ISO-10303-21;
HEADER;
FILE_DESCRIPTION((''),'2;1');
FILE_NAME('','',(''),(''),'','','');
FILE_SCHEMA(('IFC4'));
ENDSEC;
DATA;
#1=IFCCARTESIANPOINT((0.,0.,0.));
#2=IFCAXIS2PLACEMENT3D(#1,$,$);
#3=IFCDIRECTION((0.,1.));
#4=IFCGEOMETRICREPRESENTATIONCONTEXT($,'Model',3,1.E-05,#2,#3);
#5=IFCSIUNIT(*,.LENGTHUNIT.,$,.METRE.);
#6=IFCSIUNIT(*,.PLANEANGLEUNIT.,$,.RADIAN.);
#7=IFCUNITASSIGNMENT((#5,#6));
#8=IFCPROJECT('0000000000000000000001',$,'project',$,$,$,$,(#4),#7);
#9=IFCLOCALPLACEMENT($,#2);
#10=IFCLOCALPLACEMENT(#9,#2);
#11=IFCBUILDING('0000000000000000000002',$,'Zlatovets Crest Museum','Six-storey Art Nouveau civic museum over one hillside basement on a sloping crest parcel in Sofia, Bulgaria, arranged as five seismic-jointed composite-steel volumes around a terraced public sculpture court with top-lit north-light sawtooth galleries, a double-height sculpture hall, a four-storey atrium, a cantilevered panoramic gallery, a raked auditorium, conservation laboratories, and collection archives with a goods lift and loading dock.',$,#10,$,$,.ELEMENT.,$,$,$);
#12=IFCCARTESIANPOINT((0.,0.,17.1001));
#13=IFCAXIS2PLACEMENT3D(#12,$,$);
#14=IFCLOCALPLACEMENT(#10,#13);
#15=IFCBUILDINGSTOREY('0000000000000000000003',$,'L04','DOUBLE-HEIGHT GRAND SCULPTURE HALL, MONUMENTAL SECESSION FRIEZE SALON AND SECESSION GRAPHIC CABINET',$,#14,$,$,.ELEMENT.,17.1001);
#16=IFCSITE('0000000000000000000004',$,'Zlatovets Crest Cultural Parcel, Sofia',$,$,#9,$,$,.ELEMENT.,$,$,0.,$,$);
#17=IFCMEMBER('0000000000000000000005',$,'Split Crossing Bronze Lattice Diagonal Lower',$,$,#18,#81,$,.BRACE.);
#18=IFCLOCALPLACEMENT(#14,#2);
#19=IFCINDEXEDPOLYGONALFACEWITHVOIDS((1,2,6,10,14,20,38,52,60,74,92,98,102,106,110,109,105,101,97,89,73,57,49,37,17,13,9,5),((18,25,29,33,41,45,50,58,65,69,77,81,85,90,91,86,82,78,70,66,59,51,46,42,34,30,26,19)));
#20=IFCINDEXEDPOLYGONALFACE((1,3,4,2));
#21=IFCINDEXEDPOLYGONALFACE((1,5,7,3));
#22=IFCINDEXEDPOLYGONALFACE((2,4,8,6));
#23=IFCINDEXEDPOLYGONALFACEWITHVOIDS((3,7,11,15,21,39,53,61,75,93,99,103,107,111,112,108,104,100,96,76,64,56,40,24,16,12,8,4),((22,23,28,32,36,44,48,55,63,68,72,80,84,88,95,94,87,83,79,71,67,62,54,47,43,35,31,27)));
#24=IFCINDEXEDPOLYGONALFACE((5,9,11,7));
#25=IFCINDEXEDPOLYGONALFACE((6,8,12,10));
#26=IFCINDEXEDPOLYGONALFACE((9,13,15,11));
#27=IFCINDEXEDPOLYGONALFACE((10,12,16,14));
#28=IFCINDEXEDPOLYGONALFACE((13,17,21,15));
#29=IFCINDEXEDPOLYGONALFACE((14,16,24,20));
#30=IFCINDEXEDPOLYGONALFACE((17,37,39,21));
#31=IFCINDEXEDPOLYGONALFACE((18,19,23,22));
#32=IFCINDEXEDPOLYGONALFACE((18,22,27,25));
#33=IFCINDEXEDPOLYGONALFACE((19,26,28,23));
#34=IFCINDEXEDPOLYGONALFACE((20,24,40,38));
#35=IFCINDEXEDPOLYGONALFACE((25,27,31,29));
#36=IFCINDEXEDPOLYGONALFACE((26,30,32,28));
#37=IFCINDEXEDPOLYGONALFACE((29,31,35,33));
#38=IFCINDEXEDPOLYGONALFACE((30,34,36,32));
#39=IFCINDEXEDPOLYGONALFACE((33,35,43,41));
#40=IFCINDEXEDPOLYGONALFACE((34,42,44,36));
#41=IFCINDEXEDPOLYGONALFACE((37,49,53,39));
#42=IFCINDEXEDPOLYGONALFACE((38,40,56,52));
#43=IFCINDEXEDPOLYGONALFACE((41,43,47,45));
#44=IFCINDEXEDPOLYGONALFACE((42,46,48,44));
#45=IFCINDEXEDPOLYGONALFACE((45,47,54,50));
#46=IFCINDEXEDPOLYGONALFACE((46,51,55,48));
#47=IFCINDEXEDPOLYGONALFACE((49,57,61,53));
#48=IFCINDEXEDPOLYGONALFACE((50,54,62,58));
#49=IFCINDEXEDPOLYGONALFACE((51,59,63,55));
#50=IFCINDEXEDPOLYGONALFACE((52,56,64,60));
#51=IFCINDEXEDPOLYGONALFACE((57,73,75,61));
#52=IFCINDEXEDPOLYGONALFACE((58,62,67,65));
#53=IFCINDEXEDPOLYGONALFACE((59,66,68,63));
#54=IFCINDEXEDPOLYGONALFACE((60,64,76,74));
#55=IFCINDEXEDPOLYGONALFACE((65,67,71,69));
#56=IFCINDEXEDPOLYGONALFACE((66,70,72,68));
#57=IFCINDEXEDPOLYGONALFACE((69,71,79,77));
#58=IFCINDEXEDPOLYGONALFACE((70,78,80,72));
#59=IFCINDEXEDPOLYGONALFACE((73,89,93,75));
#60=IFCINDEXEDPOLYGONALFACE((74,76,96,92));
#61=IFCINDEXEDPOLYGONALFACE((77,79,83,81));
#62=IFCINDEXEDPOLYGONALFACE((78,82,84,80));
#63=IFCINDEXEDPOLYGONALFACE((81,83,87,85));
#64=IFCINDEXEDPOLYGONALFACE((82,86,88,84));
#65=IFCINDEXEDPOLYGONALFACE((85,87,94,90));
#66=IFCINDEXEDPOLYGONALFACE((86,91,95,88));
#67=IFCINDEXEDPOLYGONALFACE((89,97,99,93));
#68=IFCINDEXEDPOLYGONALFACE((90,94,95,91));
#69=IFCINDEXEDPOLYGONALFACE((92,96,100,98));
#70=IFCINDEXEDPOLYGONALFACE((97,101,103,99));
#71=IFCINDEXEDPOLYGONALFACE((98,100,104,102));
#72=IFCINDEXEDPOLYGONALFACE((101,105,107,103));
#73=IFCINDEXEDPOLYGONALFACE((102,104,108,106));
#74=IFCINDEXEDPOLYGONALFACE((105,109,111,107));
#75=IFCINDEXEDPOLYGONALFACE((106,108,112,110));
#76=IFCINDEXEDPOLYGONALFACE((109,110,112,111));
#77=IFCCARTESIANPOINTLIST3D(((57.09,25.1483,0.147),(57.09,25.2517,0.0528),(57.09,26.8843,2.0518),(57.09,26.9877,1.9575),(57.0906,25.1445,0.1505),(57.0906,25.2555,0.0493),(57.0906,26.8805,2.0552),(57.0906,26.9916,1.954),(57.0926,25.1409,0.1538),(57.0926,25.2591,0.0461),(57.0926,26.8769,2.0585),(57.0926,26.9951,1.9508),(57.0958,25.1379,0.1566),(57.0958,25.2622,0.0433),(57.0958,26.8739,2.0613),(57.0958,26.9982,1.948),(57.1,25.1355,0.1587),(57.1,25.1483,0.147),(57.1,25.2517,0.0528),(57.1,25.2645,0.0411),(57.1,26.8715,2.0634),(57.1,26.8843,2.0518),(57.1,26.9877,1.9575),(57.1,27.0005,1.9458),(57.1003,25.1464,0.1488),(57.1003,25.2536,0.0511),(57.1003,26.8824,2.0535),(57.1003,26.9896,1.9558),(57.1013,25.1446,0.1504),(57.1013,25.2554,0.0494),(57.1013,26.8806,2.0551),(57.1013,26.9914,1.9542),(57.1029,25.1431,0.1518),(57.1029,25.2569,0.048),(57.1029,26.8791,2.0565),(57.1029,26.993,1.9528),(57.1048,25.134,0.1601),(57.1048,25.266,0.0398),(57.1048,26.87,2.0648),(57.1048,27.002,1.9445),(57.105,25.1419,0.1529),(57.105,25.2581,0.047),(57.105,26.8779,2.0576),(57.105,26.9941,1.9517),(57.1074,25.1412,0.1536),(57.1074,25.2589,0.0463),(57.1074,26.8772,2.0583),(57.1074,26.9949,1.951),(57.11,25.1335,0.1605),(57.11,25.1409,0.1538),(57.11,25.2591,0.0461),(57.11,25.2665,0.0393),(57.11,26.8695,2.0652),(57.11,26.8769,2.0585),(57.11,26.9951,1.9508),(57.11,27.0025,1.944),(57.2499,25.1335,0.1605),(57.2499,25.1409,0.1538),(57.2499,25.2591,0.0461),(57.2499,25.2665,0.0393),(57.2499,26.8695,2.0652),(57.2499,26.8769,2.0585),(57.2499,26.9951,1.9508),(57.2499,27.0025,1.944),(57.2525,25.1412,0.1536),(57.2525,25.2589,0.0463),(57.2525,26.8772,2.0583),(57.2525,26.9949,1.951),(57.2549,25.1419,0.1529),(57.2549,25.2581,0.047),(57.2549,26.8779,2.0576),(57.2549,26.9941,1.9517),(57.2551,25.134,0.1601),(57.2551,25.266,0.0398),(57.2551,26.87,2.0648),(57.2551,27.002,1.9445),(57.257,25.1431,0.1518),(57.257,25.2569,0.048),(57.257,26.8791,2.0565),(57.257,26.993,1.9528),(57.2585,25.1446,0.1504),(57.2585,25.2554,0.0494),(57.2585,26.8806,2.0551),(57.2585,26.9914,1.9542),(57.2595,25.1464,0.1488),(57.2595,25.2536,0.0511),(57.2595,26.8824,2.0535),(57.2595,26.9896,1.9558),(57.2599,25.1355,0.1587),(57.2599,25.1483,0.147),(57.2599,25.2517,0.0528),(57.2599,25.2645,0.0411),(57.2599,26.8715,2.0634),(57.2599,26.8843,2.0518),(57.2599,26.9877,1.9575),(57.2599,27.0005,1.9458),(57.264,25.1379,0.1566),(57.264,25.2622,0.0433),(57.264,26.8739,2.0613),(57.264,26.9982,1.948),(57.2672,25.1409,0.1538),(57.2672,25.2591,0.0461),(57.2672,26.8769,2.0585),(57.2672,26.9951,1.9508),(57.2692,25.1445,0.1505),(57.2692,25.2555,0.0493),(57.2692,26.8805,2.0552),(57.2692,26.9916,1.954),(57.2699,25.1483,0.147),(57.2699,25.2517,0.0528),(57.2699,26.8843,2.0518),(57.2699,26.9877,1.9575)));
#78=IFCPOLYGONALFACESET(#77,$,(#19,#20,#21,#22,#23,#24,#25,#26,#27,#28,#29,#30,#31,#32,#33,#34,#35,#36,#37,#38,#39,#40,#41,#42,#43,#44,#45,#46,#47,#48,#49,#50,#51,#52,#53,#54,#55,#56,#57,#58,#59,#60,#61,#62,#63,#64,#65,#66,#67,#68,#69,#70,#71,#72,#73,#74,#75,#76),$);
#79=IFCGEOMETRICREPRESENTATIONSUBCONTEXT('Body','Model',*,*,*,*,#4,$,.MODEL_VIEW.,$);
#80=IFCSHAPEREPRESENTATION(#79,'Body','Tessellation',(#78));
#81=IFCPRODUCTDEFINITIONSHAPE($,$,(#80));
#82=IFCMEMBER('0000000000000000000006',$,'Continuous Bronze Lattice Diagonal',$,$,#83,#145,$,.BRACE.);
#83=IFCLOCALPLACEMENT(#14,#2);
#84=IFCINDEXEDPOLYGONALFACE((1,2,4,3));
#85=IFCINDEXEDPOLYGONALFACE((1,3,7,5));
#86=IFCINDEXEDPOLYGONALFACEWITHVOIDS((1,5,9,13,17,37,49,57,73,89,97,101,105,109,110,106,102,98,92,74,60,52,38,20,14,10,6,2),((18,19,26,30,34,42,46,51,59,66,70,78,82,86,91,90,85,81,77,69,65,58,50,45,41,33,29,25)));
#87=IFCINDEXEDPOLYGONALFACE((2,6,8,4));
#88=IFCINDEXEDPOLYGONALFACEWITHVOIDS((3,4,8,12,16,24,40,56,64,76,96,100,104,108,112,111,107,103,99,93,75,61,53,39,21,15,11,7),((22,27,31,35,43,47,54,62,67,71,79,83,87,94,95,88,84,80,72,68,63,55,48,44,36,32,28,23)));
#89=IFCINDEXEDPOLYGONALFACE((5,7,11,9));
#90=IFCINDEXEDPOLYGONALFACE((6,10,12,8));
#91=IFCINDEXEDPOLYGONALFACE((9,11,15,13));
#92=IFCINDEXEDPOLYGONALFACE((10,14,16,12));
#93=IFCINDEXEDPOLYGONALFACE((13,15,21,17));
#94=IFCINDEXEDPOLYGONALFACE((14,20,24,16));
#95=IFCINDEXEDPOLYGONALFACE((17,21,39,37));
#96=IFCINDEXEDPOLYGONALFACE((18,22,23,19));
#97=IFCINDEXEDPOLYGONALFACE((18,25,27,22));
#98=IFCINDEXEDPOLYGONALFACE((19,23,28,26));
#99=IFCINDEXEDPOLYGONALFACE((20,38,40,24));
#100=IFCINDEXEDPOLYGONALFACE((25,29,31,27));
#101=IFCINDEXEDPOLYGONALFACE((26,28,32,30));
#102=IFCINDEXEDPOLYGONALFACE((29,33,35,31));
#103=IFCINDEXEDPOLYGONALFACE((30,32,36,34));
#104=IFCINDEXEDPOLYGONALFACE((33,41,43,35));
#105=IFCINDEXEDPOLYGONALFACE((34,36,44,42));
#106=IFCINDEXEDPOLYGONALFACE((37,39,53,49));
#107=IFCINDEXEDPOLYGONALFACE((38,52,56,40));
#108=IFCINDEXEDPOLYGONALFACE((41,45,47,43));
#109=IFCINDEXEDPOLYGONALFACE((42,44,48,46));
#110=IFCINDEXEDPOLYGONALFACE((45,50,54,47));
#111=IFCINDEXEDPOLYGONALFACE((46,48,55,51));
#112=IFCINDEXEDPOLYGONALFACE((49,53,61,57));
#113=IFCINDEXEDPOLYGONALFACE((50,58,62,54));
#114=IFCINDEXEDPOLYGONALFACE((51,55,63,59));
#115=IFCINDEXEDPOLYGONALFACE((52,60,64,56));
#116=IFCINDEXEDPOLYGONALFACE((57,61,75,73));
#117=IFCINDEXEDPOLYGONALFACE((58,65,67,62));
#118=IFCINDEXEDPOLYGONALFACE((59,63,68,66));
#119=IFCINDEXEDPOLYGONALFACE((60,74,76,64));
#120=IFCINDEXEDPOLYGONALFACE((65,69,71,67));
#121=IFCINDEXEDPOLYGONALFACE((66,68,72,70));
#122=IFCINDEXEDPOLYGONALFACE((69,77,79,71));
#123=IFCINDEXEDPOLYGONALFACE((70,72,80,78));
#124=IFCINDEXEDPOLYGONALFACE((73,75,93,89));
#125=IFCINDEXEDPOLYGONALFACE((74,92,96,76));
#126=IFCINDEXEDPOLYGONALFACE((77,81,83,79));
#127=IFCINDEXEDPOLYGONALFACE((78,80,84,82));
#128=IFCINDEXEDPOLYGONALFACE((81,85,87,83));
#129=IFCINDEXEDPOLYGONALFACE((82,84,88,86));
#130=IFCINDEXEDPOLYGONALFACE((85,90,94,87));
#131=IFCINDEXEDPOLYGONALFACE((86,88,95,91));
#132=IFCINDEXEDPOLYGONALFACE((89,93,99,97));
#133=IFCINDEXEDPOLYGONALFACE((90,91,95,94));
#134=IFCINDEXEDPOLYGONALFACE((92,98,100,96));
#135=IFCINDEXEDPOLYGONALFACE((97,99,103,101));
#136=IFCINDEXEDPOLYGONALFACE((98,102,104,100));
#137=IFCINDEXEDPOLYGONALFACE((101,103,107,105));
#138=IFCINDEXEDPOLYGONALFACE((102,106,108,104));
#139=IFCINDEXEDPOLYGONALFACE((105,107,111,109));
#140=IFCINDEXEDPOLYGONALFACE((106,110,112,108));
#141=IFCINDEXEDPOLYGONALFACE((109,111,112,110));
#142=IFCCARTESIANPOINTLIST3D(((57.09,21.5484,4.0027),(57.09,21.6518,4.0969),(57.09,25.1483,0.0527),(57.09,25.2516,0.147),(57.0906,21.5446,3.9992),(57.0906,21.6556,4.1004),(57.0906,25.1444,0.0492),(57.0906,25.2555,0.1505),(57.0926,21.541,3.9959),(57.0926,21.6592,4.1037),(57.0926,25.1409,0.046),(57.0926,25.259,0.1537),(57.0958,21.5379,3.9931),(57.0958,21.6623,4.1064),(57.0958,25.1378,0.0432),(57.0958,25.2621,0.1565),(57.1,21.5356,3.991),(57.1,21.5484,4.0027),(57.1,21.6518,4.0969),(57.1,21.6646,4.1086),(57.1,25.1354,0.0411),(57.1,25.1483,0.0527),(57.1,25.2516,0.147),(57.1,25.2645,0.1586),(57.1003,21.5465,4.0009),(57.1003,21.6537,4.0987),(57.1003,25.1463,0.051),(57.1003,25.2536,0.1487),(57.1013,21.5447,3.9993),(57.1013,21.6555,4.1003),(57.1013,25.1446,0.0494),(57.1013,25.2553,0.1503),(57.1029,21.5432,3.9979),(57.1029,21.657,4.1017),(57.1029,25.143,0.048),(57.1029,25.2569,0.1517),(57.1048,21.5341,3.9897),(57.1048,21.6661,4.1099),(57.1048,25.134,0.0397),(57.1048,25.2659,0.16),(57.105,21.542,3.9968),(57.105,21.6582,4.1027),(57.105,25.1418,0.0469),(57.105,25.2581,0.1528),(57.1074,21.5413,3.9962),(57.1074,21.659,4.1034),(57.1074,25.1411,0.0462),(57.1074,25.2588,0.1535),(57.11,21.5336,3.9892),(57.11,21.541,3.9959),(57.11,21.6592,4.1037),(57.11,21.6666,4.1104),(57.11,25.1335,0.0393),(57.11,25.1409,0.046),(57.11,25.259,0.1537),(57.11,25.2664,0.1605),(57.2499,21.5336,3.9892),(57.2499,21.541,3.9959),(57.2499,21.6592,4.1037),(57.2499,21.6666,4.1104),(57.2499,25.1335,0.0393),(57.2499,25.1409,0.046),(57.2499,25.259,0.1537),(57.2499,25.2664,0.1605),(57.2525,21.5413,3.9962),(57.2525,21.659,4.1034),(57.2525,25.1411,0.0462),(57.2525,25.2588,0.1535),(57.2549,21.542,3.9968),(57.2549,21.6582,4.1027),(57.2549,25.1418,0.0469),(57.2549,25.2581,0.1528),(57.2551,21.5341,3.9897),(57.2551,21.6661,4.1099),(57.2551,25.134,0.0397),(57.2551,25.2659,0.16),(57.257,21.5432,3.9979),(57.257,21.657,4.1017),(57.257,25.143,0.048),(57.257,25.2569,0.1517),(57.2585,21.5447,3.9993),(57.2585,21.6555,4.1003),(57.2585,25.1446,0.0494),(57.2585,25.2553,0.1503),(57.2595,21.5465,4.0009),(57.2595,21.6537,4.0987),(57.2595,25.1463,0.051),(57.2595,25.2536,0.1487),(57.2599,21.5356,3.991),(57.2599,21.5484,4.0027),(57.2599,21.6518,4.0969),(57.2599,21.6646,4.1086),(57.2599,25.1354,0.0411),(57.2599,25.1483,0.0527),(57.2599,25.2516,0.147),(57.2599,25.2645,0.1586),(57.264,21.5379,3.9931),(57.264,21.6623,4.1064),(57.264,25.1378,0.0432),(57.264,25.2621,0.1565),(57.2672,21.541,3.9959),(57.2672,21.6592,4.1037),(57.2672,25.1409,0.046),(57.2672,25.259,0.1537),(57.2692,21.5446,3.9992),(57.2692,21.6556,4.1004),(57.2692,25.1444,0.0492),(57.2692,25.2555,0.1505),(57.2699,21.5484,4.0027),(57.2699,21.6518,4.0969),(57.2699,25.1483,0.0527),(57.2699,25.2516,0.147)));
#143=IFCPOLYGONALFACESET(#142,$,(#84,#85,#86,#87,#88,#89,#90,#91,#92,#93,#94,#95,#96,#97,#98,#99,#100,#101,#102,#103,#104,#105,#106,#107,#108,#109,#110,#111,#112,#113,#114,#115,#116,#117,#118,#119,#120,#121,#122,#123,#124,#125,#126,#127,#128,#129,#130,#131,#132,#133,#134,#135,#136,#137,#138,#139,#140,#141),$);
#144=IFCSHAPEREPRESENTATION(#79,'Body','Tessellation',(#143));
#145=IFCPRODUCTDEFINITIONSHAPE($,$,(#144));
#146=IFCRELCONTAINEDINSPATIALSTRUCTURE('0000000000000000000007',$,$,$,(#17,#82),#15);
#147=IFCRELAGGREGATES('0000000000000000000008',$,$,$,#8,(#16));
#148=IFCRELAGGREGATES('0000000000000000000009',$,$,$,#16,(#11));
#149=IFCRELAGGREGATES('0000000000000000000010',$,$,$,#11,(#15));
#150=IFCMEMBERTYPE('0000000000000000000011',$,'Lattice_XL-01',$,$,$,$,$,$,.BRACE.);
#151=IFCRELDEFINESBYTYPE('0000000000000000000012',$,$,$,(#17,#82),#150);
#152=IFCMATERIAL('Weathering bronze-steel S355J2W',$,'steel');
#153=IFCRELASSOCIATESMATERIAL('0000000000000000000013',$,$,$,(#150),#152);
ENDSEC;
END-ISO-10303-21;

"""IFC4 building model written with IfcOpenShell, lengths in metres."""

from ifc_helpers import new_model, si_unit, direction, frame, origin, origin_2d, place, context, subcontext, project, spatial, hollow_rectangle, extrude, material, material_profile, profile_set, type_object, element, save


model = new_model("IFC4")

# Units and contexts
model_context = context("Model", 3, precision=1e-05, world=origin(), true_north=direction((0.0, 1.0)))
body_context = subcontext(model_context, "Body", "Model", "MODEL_VIEW")
ifc_project = project(units=[si_unit("LENGTHUNIT", "METRE"), si_unit("PLANEANGLEUNIT", "RADIAN")], contexts=[model_context])

# Site, building, storey
site_placement = place(None, origin())
site = spatial("IfcSite", under=ifc_project, at=site_placement, Name="Zlatovets Crest Cultural Parcel, Sofia", CompositionType="ELEMENT", RefElevation=0.0)
building_placement = place(site_placement, origin())
building = spatial("IfcBuilding", under=site, at=building_placement, Name="Zlatovets Crest Museum", Description="Six-storey Art Nouveau civic museum over one hillside basement on a sloping crest parcel in Sofia, Bulgaria, arranged as five seismic-jointed composite-steel volumes around a terraced public sculpture court with top-lit north-light sawtooth galleries, a double-height sculpture hall, a four-storey atrium, a cantilevered panoramic gallery, a raked auditorium, conservation laboratories, and collection archives with a goods lift and loading dock.", CompositionType="ELEMENT")
storey_placement = place(building_placement, frame((0.0, 0.0, 17.1001)))
storey = spatial("IfcBuildingStorey", under=building, at=storey_placement, Name="L04", Description="DOUBLE-HEIGHT GRAND SCULPTURE HALL, MONUMENTAL SECESSION FRIEZE SALON AND SECESSION GRAPHIC CABINET", CompositionType="ELEMENT", Elevation=17.1001)

# Members
ifc_material_1 = material(Name="Weathering bronze-steel S355J2W", Category="steel")
ifc_material_profile_1 = material_profile(ifc_material_1, hollow_rectangle(XDim=0.1799, YDim=0.1799, WallThickness=0.01, InnerFilletRadius=0.01, OuterFilletRadius=0.02, at=origin_2d()), Name="SHS 180x180x10.0")
ifc_profile_set_1 = profile_set([ifc_material_profile_1], Name="Weathering bronze-steel S355J2W")
member_type_1 = type_object("IfcMemberType", Name="Lattice_XL-01", PredefinedType="BRACE", material=ifc_profile_set_1)
for number, where, z_axis, x_axis, name in (
    (1, (57.1799, 26.936, 2.0046), (0.0, -0.67362, -0.739078), (1.0, 0.0, 0.0), "Split Crossing Bronze Lattice Diagonal Lower"),
):
    element("IfcMember", number, at=place(storey_placement, frame(where, z_axis=z_axis, x_axis=x_axis)), inside=storey, type_object=member_type_1, Name=name, PredefinedType="BRACE", context=body_context, shape_type="SweptSolid", body=[
        extrude(hollow_rectangle(XDim=0.1799, YDim=0.1799, WallThickness=0.01, InnerFilletRadius=0.01, OuterFilletRadius=0.02, at=origin_2d()), origin(), (0.0, 0.0, 1.0), 2.5771),
    ])
member_1_placement = place(storey_placement, frame((57.1799, 25.2, 0.0999), z_axis=(0.0, -0.673593, 0.739102), x_axis=(1.0, 0.0, 0.0)))
element("IfcMember", 2, at=member_1_placement, inside=storey, type_object=member_type_1, Name="Continuous Bronze Lattice Diagonal", PredefinedType="BRACE", context=body_context, shape_type="SweptSolid", body=[
    extrude(hollow_rectangle(XDim=0.1799, YDim=0.1799, WallThickness=0.01, InnerFilletRadius=0.01, OuterFilletRadius=0.02, at=origin_2d()), origin(), (0.0, 0.0, 1.0), 5.3442),
])

save(model, "model.ifc")
